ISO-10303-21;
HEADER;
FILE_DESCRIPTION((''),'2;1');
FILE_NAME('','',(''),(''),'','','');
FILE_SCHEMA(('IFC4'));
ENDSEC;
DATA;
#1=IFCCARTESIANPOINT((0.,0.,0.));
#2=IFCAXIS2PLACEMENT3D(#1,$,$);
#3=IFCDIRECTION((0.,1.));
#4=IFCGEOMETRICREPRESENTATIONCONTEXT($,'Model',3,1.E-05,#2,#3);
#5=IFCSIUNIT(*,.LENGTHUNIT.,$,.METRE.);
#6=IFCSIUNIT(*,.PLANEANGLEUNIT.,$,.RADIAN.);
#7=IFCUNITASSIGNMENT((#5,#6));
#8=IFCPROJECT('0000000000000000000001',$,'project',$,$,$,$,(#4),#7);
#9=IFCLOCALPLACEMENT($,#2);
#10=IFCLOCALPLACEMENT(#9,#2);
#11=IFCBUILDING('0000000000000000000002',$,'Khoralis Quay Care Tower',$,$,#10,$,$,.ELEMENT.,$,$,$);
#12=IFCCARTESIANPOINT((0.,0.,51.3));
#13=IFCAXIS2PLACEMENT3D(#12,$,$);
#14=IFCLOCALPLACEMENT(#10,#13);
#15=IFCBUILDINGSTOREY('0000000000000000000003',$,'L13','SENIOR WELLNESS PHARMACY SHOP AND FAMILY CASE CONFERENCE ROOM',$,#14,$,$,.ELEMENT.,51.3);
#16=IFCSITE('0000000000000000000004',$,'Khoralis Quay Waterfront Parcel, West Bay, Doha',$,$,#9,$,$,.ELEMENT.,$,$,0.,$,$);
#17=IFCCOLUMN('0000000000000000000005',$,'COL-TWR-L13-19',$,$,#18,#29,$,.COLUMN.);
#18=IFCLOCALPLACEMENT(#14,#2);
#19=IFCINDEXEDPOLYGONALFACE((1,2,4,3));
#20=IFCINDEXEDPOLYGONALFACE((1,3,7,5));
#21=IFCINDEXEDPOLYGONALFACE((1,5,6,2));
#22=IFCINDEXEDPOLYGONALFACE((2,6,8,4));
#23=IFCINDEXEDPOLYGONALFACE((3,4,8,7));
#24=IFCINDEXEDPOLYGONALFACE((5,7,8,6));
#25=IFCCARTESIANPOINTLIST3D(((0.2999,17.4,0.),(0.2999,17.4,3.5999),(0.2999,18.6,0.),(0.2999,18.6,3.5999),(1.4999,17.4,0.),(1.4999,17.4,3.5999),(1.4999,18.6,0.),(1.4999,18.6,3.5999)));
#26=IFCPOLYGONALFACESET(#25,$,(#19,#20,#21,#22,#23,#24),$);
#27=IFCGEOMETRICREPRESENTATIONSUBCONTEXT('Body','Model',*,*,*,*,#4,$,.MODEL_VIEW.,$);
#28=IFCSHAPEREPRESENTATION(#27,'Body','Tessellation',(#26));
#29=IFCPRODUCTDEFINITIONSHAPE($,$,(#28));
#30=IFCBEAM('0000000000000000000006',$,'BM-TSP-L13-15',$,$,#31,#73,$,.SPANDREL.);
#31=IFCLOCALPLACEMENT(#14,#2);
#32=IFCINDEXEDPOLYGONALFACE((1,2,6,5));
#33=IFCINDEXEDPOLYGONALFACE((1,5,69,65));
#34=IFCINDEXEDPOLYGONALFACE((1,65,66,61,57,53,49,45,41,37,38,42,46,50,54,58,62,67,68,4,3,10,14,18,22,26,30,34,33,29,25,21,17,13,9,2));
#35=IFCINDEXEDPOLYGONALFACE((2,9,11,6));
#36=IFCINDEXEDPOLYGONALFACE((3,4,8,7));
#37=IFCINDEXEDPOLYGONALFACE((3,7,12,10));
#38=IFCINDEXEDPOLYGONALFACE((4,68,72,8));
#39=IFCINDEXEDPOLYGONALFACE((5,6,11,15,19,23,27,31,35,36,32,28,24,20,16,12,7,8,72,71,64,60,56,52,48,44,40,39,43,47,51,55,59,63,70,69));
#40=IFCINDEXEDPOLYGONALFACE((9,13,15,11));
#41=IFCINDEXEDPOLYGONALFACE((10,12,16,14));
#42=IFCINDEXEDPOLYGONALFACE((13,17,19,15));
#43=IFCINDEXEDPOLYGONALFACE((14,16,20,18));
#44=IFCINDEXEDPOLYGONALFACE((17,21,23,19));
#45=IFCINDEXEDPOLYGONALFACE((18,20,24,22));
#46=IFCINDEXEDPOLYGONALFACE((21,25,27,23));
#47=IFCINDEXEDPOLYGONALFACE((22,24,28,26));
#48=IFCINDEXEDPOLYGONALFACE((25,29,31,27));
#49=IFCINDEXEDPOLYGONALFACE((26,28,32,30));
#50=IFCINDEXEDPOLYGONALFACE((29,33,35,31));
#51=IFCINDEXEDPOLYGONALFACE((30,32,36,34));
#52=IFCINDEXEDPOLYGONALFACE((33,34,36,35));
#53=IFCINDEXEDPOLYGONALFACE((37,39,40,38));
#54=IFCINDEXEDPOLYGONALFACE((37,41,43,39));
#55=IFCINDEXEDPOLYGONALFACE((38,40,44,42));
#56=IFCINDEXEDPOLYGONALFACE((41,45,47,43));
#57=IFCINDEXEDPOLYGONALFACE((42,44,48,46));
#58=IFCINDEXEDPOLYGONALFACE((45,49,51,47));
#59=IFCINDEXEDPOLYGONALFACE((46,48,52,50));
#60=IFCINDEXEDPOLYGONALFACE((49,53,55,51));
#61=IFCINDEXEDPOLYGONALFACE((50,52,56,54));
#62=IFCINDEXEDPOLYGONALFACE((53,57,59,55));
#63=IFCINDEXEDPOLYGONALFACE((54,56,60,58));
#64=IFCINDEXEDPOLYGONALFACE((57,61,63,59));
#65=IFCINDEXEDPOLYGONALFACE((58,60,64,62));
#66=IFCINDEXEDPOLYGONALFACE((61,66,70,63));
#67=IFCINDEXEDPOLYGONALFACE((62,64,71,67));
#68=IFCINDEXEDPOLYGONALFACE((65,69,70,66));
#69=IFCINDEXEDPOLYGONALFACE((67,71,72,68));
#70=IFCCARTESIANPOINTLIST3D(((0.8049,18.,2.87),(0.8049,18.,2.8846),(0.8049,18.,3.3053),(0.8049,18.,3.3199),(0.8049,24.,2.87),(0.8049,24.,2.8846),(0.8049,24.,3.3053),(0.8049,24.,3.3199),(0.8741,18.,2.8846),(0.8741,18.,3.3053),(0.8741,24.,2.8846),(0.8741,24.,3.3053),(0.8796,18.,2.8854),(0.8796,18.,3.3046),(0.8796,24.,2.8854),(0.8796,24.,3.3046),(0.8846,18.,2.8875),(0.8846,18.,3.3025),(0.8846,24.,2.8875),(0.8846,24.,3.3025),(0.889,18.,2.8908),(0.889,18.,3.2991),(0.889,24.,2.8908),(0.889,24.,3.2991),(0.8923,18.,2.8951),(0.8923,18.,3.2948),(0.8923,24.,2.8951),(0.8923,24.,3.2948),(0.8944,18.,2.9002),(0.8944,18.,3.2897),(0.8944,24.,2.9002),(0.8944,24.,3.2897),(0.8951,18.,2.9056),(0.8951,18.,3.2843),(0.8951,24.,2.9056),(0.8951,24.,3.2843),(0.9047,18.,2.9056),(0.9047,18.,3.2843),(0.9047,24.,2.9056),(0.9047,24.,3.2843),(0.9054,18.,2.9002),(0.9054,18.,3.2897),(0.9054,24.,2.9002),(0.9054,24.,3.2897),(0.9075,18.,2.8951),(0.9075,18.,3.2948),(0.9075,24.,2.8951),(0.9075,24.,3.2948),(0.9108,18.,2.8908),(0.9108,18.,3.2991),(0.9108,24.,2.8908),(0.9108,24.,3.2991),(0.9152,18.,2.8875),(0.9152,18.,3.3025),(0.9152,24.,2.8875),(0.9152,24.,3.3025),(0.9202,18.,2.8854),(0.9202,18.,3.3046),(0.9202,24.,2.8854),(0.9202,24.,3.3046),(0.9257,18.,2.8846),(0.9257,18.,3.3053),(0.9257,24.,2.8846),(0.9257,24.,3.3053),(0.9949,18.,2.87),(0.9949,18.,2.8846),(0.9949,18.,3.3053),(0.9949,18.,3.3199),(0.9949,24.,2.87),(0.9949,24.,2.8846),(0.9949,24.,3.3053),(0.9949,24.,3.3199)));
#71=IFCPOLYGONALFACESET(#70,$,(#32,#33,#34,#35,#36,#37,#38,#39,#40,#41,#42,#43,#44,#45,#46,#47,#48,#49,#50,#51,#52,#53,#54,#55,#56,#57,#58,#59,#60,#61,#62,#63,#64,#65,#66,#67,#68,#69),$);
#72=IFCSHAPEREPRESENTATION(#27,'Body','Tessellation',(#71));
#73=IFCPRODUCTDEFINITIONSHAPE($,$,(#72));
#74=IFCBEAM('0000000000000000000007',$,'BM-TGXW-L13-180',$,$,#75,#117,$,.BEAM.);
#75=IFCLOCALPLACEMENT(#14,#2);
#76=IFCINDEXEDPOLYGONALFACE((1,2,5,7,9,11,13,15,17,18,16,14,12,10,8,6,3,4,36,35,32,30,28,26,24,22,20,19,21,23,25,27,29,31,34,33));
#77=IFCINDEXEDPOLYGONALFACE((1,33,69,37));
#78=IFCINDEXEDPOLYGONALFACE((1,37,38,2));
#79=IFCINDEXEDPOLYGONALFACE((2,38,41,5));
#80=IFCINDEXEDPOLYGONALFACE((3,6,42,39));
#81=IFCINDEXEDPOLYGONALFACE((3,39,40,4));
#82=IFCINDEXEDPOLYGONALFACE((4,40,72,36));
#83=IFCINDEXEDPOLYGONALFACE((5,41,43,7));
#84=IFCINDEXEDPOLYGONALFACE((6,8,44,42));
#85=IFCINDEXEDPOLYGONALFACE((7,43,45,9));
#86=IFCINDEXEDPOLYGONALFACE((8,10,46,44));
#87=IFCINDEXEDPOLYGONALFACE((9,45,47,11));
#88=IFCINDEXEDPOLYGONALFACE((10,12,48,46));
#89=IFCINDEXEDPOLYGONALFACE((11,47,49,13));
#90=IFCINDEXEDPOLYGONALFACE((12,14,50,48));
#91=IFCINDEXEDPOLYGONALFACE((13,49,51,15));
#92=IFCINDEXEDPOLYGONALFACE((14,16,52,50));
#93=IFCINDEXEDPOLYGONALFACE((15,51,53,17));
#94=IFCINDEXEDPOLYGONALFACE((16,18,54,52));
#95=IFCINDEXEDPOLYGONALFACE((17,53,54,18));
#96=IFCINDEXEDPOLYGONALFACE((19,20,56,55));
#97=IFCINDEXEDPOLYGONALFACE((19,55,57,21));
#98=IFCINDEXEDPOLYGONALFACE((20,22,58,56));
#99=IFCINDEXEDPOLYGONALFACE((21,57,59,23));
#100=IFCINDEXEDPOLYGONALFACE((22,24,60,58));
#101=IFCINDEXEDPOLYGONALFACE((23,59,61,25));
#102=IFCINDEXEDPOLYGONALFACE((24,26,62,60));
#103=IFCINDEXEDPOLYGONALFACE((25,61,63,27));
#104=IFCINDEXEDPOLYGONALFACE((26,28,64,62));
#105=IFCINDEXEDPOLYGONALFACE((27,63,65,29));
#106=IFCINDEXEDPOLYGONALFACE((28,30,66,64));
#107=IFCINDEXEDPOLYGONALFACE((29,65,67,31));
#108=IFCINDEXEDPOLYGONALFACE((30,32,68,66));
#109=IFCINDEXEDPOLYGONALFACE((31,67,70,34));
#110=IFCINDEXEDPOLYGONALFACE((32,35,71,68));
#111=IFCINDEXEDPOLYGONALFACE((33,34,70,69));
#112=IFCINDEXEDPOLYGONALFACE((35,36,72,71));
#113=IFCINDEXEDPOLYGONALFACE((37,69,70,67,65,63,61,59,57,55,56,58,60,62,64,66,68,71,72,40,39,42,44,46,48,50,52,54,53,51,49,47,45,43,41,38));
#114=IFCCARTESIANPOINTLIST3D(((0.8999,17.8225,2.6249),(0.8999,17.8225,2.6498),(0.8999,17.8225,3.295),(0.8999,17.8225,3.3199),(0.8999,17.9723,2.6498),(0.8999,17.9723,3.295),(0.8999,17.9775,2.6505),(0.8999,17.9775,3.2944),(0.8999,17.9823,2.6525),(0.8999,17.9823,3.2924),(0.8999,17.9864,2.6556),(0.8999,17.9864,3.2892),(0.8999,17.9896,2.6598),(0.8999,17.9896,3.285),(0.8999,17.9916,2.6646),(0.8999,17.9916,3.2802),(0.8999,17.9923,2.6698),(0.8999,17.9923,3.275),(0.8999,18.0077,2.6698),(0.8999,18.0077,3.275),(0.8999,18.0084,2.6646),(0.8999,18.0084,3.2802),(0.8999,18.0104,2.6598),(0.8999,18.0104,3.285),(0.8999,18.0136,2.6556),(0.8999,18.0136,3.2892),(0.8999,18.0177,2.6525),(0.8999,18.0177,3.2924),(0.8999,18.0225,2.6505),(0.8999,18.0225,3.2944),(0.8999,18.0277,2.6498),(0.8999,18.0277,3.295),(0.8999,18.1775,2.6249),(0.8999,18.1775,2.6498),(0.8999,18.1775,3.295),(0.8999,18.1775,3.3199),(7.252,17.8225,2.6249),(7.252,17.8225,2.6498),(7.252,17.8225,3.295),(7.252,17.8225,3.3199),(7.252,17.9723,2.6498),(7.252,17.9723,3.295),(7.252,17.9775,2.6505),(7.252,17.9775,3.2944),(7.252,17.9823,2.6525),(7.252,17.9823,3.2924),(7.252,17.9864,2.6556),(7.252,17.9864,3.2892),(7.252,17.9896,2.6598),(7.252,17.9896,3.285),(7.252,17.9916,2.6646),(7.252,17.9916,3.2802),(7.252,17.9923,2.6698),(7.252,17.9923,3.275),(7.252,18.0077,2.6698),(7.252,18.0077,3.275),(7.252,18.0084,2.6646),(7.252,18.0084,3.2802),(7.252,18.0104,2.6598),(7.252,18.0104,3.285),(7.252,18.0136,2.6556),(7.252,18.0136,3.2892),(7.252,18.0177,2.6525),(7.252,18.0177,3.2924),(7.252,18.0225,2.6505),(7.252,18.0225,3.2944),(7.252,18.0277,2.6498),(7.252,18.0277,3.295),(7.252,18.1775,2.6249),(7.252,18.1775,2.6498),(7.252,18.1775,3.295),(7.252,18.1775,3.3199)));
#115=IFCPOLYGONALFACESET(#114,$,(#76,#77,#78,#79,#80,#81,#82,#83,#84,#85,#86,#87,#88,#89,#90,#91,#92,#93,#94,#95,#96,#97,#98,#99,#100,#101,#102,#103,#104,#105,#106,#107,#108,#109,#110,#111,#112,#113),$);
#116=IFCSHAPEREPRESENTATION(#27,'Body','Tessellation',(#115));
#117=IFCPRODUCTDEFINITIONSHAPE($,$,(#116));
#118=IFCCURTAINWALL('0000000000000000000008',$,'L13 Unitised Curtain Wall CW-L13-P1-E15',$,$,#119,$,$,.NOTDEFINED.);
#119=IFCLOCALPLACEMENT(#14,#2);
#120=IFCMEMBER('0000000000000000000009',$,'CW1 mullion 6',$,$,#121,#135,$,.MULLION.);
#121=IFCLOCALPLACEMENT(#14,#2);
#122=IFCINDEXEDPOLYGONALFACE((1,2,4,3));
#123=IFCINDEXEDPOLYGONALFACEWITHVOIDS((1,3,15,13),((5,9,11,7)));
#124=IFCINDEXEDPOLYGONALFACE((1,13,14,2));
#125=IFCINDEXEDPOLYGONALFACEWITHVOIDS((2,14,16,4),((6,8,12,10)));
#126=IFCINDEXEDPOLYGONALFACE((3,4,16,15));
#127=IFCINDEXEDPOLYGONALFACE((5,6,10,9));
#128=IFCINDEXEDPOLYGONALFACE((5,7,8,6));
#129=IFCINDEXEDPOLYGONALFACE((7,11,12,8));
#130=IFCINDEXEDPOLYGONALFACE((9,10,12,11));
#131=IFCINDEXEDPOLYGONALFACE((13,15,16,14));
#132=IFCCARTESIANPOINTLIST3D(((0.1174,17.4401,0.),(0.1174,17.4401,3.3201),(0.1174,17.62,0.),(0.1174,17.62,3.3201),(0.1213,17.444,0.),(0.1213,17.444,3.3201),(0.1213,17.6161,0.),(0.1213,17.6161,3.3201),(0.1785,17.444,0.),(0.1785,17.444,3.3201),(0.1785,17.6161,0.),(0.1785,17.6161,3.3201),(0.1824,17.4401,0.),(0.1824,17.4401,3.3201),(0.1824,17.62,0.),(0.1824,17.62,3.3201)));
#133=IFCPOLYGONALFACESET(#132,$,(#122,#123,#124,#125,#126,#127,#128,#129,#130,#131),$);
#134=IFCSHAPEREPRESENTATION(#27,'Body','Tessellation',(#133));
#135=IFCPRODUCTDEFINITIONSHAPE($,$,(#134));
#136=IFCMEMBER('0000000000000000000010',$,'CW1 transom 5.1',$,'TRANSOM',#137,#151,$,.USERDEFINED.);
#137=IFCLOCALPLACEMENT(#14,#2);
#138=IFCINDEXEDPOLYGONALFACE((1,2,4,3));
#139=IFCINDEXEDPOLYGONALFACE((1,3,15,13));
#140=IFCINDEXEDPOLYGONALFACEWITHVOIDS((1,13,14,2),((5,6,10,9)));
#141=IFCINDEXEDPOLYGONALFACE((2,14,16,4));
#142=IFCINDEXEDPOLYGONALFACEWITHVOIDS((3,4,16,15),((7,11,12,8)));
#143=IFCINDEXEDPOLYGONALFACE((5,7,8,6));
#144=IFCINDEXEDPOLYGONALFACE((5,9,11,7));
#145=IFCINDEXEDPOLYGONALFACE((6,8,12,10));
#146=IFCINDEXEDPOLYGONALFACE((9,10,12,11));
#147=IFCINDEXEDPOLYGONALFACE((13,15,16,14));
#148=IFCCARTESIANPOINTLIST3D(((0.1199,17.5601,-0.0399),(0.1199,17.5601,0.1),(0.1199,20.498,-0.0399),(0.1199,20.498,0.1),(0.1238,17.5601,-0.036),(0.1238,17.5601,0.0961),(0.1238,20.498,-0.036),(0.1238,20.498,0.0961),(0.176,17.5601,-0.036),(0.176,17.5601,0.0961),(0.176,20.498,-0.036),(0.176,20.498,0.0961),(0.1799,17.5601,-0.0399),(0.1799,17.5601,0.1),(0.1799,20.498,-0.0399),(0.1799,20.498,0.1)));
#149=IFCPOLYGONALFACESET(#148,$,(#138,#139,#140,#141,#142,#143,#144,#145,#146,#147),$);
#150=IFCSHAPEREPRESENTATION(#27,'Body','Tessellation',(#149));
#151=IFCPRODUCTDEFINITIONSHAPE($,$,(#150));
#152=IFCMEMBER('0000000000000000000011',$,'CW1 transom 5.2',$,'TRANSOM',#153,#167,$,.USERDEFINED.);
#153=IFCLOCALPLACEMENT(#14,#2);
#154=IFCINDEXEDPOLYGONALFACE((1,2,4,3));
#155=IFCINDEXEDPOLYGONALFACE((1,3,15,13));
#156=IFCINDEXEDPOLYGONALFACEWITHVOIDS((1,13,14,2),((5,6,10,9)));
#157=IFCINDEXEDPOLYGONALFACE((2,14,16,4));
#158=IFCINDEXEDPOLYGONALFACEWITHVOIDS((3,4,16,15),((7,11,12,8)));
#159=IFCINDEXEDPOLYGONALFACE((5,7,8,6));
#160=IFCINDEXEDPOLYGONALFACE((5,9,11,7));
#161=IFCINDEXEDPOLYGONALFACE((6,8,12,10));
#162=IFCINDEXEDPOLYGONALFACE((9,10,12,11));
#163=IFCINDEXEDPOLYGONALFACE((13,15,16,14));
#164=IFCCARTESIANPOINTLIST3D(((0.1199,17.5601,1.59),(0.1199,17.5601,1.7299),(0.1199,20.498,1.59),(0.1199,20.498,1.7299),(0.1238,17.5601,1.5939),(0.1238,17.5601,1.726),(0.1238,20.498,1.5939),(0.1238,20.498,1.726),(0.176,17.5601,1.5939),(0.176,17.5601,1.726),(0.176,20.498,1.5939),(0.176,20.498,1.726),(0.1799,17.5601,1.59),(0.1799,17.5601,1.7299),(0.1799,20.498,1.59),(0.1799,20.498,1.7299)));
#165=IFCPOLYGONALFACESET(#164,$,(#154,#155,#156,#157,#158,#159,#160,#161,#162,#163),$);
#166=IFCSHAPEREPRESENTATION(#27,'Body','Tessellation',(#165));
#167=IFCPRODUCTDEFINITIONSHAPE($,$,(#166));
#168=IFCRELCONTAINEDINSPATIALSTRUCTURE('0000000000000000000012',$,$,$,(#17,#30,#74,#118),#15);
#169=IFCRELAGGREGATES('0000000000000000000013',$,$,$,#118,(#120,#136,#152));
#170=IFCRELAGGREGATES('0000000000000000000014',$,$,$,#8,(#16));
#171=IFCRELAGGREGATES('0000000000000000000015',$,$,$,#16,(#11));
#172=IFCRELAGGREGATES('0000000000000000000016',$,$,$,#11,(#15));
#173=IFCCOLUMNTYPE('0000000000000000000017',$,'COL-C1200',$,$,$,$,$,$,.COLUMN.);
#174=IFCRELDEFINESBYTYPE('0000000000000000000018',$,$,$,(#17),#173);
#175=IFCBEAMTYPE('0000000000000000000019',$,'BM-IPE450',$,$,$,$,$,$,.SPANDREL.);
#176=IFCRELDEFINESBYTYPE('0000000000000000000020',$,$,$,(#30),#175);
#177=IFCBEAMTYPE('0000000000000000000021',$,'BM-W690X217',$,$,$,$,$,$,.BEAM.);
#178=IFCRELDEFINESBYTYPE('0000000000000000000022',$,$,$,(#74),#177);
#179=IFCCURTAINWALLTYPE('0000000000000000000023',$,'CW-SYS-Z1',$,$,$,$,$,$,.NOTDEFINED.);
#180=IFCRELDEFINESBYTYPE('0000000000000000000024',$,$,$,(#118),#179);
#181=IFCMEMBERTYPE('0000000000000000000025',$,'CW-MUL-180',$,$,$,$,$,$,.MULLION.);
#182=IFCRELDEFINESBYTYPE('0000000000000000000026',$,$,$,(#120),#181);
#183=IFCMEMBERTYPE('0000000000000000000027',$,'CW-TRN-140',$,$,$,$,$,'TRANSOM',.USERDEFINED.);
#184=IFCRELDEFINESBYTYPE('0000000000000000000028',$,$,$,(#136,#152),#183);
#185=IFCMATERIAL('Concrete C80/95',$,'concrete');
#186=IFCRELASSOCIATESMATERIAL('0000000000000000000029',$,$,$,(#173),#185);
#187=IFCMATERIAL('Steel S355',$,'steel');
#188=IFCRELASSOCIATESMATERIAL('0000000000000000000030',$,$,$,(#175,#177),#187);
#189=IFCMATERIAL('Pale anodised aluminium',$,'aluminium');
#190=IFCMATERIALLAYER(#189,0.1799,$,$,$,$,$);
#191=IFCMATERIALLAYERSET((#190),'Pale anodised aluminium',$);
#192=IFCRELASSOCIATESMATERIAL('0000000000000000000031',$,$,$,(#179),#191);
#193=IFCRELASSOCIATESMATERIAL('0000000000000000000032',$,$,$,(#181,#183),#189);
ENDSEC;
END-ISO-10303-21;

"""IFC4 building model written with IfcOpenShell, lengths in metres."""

from ifc_helpers import new_model, si_unit, direction, frame, origin, origin_2d, place, context, subcontext, project, spatial, rectangle, hollow_rectangle, i_section, extrude, source, transform, mapped, material, layer, layer_set, material_profile, profile_set, type_object, element, aggregate, save


model = new_model("IFC4")

# Units and contexts
model_context = context("Model", 3, precision=1e-05, world=origin(), true_north=direction((0.0, 1.0)))
body_context = subcontext(model_context, "Body", "Model", "MODEL_VIEW")
ifc_project = project(units=[si_unit("LENGTHUNIT", "METRE"), si_unit("PLANEANGLEUNIT", "RADIAN")], contexts=[model_context])

# Site, building, storey
site_placement = place(None, origin())
site = spatial("IfcSite", under=ifc_project, at=site_placement, Name="Khoralis Quay Waterfront Parcel, West Bay, Doha", CompositionType="ELEMENT", RefElevation=0.0)
building_placement = place(site_placement, origin())
building = spatial("IfcBuilding", under=site, at=building_placement, Name="Khoralis Quay Care Tower", CompositionType="ELEMENT")
storey_placement = place(building_placement, frame((0.0, 0.0, 51.3)))
storey = spatial("IfcBuildingStorey", under=building, at=storey_placement, Name="L13", Description="SENIOR WELLNESS PHARMACY SHOP AND FAMILY CASE CONFERENCE ROOM", CompositionType="ELEMENT", Elevation=51.3)

# Column
ifc_material_1 = material(Name="Concrete C80/95", Category="concrete")
ifc_material_profile_1 = material_profile(ifc_material_1, rectangle(XDim=1.2, YDim=1.2, at=origin_2d()), Name="Concrete C80/95")
ifc_profile_set_1 = profile_set([ifc_material_profile_1], Name="Concrete C80/95")
column_type = type_object("IfcColumnType", Name="COL-C1200", PredefinedType="COLUMN", material=ifc_profile_set_1)
shared_shape_1 = source(origin(), body_context, "Body", "SweptSolid", [
    extrude(rectangle(XDim=1.2, YDim=1.2, at=origin_2d()), origin(), (0.0, 0.0, 1.0), 3.5999),
])
column_placement = place(storey_placement, frame((0.8999, 18.0, 0.0), z_axis=(0.0, 0.0, 1.0), x_axis=(1.0, 0.0, 0.0)))
element("IfcColumn", 1, at=column_placement, inside=storey, type_object=column_type, Name="COL-TWR-L13-19", PredefinedType="COLUMN", context=body_context, shape_type="MappedRepresentation", body=[
    mapped(shared_shape_1, transform((0.0, 0.0, 0.0), scale=1.0)),
])

# Beams
ifc_material_2 = material(Name="Steel S355", Category="steel")
ifc_material_profile_2 = material_profile(ifc_material_2, i_section(OverallWidth=0.1899, OverallDepth=0.45, WebThickness=0.0095, FlangeThickness=0.0146, FilletRadius=0.021, at=origin_2d()), Name="Steel S355")
ifc_profile_set_2 = profile_set([ifc_material_profile_2], Name="Steel S355")
beam_type_1 = type_object("IfcBeamType", Name="BM-IPE450", PredefinedType="SPANDREL", material=ifc_profile_set_2)
shared_shape_2 = source(origin(), body_context, "Body", "SweptSolid", [
    extrude(i_section(OverallWidth=0.1899, OverallDepth=0.45, WebThickness=0.0095, FlangeThickness=0.0146, FilletRadius=0.021, at=origin_2d()), origin(), (0.0, 0.0, 1.0), 6.0),
])
beam_1_placement = place(storey_placement, frame((0.8999, 18.0, 3.095), z_axis=(0.0, 1.0, 0.0), x_axis=(-1.0, 0.0, 0.0)))
element("IfcBeam", 2, at=beam_1_placement, inside=storey, type_object=beam_type_1, Name="BM-TSP-L13-15", PredefinedType="SPANDREL", context=body_context, shape_type="MappedRepresentation", body=[
    mapped(shared_shape_2, transform((0.0, 0.0, 0.0), scale=1.0)),
])
ifc_material_profile_3 = material_profile(ifc_material_2, i_section(OverallWidth=0.355, OverallDepth=0.6951, WebThickness=0.0154, FlangeThickness=0.0249, FilletRadius=0.02, at=origin_2d()), Name="Steel S355")
ifc_profile_set_3 = profile_set([ifc_material_profile_3], Name="Steel S355")
beam_type_2 = type_object("IfcBeamType", Name="BM-W690X217", PredefinedType="BEAM", material=ifc_profile_set_3)
shared_shape_3 = source(origin(), body_context, "Body", "SweptSolid", [
    extrude(i_section(OverallWidth=0.355, OverallDepth=0.6951, WebThickness=0.0154, FlangeThickness=0.0249, FilletRadius=0.02, at=origin_2d()), origin(), (0.0, 0.0, 1.0), 6.3521),
])
beam_2_placement = place(storey_placement, frame((0.8999, 18.0, 2.9724), z_axis=(1.0, 0.0, 0.0), x_axis=(0.0, 1.0, 0.0)))
element("IfcBeam", 3, at=beam_2_placement, inside=storey, type_object=beam_type_2, Name="BM-TGXW-L13-180", PredefinedType="BEAM", context=body_context, shape_type="MappedRepresentation", body=[
    mapped(shared_shape_3, transform((0.0, 0.0, 0.0), scale=1.0)),
])

# Curtain wall, members
ifc_material_3 = material(Name="Pale anodised aluminium", Category="aluminium")
ifc_layer_1 = layer(ifc_material_3, 0.1799)
ifc_layer_set_1 = layer_set([ifc_layer_1], Name="Pale anodised aluminium")
curtain_wall_type = type_object("IfcCurtainWallType", Name="CW-SYS-Z1", PredefinedType="NOTDEFINED", material=ifc_layer_set_1)
curtain_wall_placement = place(storey_placement, origin())
curtain_wall = element("IfcCurtainWall", 4, at=curtain_wall_placement, inside=storey, type_object=curtain_wall_type, Name="L13 Unitised Curtain Wall CW-L13-P1-E15", PredefinedType="NOTDEFINED")
ifc_material_profile_4 = material_profile(ifc_material_3, hollow_rectangle(XDim=0.0649, YDim=0.1799, WallThickness=0.0039, at=origin_2d()), Name="Pale anodised aluminium")
ifc_profile_set_4 = profile_set([ifc_material_profile_4], Name="Pale anodised aluminium")
member_type_1 = type_object("IfcMemberType", Name="CW-MUL-180", PredefinedType="MULLION", material=ifc_profile_set_4)
shared_shape_4 = source(origin(), body_context, "Body", "SweptSolid", [
    extrude(hollow_rectangle(XDim=0.0649, YDim=0.1799, WallThickness=0.0039, at=origin_2d()), origin(), (0.0, 0.0, 1.0), 3.3201),
])
member_1_placement = place(storey_placement, frame((0.1499, 17.53, 0.0), z_axis=(0.0, 0.0, 1.0), x_axis=(1.0, 0.0, 0.0)))
member_1 = element("IfcMember", 5, at=member_1_placement, type_object=member_type_1, Name="CW1 mullion 6", PredefinedType="MULLION", context=body_context, shape_type="MappedRepresentation", body=[
    mapped(shared_shape_4, transform((0.0, 0.0, 0.0), scale=1.0)),
])
ifc_material_profile_5 = material_profile(ifc_material_3, hollow_rectangle(XDim=0.0601, YDim=0.1399, WallThickness=0.0039, at=origin_2d()), Name="Pale anodised aluminium")
ifc_profile_set_5 = profile_set([ifc_material_profile_5], Name="Pale anodised aluminium")
member_type_2 = type_object("IfcMemberType", Name="CW-TRN-140", ElementType="TRANSOM", PredefinedType="USERDEFINED", material=ifc_profile_set_5)
shared_shape_5 = source(origin(), body_context, "Body", "SweptSolid", [
    extrude(hollow_rectangle(XDim=0.0601, YDim=0.1399, WallThickness=0.0039, at=origin_2d()), origin(), (0.0, 0.0, 1.0), 2.938),
])
member_2_placement = place(storey_placement, frame((0.1499, 20.498, 0.03), z_axis=(0.0, -1.0, 0.0), x_axis=(1.0, 0.0, 0.0)))
member_2 = element("IfcMember", 6, at=member_2_placement, type_object=member_type_2, Name="CW1 transom 5.1", ObjectType="TRANSOM", PredefinedType="USERDEFINED", context=body_context, shape_type="MappedRepresentation", body=[
    mapped(shared_shape_5, transform((0.0, 0.0, 0.0), scale=1.0)),
])
member_3_placement = place(storey_placement, frame((0.1499, 20.498, 1.6599), z_axis=(0.0, -1.0, 0.0), x_axis=(1.0, 0.0, 0.0)))
member_3 = element("IfcMember", 7, at=member_3_placement, type_object=member_type_2, Name="CW1 transom 5.2", ObjectType="TRANSOM", PredefinedType="USERDEFINED", context=body_context, shape_type="MappedRepresentation", body=[
    mapped(shared_shape_5, transform((0.0, 0.0, 0.0), scale=1.0)),
])
aggregate(curtain_wall, [member_1, member_2, member_3])

save(model, "model.ifc")
